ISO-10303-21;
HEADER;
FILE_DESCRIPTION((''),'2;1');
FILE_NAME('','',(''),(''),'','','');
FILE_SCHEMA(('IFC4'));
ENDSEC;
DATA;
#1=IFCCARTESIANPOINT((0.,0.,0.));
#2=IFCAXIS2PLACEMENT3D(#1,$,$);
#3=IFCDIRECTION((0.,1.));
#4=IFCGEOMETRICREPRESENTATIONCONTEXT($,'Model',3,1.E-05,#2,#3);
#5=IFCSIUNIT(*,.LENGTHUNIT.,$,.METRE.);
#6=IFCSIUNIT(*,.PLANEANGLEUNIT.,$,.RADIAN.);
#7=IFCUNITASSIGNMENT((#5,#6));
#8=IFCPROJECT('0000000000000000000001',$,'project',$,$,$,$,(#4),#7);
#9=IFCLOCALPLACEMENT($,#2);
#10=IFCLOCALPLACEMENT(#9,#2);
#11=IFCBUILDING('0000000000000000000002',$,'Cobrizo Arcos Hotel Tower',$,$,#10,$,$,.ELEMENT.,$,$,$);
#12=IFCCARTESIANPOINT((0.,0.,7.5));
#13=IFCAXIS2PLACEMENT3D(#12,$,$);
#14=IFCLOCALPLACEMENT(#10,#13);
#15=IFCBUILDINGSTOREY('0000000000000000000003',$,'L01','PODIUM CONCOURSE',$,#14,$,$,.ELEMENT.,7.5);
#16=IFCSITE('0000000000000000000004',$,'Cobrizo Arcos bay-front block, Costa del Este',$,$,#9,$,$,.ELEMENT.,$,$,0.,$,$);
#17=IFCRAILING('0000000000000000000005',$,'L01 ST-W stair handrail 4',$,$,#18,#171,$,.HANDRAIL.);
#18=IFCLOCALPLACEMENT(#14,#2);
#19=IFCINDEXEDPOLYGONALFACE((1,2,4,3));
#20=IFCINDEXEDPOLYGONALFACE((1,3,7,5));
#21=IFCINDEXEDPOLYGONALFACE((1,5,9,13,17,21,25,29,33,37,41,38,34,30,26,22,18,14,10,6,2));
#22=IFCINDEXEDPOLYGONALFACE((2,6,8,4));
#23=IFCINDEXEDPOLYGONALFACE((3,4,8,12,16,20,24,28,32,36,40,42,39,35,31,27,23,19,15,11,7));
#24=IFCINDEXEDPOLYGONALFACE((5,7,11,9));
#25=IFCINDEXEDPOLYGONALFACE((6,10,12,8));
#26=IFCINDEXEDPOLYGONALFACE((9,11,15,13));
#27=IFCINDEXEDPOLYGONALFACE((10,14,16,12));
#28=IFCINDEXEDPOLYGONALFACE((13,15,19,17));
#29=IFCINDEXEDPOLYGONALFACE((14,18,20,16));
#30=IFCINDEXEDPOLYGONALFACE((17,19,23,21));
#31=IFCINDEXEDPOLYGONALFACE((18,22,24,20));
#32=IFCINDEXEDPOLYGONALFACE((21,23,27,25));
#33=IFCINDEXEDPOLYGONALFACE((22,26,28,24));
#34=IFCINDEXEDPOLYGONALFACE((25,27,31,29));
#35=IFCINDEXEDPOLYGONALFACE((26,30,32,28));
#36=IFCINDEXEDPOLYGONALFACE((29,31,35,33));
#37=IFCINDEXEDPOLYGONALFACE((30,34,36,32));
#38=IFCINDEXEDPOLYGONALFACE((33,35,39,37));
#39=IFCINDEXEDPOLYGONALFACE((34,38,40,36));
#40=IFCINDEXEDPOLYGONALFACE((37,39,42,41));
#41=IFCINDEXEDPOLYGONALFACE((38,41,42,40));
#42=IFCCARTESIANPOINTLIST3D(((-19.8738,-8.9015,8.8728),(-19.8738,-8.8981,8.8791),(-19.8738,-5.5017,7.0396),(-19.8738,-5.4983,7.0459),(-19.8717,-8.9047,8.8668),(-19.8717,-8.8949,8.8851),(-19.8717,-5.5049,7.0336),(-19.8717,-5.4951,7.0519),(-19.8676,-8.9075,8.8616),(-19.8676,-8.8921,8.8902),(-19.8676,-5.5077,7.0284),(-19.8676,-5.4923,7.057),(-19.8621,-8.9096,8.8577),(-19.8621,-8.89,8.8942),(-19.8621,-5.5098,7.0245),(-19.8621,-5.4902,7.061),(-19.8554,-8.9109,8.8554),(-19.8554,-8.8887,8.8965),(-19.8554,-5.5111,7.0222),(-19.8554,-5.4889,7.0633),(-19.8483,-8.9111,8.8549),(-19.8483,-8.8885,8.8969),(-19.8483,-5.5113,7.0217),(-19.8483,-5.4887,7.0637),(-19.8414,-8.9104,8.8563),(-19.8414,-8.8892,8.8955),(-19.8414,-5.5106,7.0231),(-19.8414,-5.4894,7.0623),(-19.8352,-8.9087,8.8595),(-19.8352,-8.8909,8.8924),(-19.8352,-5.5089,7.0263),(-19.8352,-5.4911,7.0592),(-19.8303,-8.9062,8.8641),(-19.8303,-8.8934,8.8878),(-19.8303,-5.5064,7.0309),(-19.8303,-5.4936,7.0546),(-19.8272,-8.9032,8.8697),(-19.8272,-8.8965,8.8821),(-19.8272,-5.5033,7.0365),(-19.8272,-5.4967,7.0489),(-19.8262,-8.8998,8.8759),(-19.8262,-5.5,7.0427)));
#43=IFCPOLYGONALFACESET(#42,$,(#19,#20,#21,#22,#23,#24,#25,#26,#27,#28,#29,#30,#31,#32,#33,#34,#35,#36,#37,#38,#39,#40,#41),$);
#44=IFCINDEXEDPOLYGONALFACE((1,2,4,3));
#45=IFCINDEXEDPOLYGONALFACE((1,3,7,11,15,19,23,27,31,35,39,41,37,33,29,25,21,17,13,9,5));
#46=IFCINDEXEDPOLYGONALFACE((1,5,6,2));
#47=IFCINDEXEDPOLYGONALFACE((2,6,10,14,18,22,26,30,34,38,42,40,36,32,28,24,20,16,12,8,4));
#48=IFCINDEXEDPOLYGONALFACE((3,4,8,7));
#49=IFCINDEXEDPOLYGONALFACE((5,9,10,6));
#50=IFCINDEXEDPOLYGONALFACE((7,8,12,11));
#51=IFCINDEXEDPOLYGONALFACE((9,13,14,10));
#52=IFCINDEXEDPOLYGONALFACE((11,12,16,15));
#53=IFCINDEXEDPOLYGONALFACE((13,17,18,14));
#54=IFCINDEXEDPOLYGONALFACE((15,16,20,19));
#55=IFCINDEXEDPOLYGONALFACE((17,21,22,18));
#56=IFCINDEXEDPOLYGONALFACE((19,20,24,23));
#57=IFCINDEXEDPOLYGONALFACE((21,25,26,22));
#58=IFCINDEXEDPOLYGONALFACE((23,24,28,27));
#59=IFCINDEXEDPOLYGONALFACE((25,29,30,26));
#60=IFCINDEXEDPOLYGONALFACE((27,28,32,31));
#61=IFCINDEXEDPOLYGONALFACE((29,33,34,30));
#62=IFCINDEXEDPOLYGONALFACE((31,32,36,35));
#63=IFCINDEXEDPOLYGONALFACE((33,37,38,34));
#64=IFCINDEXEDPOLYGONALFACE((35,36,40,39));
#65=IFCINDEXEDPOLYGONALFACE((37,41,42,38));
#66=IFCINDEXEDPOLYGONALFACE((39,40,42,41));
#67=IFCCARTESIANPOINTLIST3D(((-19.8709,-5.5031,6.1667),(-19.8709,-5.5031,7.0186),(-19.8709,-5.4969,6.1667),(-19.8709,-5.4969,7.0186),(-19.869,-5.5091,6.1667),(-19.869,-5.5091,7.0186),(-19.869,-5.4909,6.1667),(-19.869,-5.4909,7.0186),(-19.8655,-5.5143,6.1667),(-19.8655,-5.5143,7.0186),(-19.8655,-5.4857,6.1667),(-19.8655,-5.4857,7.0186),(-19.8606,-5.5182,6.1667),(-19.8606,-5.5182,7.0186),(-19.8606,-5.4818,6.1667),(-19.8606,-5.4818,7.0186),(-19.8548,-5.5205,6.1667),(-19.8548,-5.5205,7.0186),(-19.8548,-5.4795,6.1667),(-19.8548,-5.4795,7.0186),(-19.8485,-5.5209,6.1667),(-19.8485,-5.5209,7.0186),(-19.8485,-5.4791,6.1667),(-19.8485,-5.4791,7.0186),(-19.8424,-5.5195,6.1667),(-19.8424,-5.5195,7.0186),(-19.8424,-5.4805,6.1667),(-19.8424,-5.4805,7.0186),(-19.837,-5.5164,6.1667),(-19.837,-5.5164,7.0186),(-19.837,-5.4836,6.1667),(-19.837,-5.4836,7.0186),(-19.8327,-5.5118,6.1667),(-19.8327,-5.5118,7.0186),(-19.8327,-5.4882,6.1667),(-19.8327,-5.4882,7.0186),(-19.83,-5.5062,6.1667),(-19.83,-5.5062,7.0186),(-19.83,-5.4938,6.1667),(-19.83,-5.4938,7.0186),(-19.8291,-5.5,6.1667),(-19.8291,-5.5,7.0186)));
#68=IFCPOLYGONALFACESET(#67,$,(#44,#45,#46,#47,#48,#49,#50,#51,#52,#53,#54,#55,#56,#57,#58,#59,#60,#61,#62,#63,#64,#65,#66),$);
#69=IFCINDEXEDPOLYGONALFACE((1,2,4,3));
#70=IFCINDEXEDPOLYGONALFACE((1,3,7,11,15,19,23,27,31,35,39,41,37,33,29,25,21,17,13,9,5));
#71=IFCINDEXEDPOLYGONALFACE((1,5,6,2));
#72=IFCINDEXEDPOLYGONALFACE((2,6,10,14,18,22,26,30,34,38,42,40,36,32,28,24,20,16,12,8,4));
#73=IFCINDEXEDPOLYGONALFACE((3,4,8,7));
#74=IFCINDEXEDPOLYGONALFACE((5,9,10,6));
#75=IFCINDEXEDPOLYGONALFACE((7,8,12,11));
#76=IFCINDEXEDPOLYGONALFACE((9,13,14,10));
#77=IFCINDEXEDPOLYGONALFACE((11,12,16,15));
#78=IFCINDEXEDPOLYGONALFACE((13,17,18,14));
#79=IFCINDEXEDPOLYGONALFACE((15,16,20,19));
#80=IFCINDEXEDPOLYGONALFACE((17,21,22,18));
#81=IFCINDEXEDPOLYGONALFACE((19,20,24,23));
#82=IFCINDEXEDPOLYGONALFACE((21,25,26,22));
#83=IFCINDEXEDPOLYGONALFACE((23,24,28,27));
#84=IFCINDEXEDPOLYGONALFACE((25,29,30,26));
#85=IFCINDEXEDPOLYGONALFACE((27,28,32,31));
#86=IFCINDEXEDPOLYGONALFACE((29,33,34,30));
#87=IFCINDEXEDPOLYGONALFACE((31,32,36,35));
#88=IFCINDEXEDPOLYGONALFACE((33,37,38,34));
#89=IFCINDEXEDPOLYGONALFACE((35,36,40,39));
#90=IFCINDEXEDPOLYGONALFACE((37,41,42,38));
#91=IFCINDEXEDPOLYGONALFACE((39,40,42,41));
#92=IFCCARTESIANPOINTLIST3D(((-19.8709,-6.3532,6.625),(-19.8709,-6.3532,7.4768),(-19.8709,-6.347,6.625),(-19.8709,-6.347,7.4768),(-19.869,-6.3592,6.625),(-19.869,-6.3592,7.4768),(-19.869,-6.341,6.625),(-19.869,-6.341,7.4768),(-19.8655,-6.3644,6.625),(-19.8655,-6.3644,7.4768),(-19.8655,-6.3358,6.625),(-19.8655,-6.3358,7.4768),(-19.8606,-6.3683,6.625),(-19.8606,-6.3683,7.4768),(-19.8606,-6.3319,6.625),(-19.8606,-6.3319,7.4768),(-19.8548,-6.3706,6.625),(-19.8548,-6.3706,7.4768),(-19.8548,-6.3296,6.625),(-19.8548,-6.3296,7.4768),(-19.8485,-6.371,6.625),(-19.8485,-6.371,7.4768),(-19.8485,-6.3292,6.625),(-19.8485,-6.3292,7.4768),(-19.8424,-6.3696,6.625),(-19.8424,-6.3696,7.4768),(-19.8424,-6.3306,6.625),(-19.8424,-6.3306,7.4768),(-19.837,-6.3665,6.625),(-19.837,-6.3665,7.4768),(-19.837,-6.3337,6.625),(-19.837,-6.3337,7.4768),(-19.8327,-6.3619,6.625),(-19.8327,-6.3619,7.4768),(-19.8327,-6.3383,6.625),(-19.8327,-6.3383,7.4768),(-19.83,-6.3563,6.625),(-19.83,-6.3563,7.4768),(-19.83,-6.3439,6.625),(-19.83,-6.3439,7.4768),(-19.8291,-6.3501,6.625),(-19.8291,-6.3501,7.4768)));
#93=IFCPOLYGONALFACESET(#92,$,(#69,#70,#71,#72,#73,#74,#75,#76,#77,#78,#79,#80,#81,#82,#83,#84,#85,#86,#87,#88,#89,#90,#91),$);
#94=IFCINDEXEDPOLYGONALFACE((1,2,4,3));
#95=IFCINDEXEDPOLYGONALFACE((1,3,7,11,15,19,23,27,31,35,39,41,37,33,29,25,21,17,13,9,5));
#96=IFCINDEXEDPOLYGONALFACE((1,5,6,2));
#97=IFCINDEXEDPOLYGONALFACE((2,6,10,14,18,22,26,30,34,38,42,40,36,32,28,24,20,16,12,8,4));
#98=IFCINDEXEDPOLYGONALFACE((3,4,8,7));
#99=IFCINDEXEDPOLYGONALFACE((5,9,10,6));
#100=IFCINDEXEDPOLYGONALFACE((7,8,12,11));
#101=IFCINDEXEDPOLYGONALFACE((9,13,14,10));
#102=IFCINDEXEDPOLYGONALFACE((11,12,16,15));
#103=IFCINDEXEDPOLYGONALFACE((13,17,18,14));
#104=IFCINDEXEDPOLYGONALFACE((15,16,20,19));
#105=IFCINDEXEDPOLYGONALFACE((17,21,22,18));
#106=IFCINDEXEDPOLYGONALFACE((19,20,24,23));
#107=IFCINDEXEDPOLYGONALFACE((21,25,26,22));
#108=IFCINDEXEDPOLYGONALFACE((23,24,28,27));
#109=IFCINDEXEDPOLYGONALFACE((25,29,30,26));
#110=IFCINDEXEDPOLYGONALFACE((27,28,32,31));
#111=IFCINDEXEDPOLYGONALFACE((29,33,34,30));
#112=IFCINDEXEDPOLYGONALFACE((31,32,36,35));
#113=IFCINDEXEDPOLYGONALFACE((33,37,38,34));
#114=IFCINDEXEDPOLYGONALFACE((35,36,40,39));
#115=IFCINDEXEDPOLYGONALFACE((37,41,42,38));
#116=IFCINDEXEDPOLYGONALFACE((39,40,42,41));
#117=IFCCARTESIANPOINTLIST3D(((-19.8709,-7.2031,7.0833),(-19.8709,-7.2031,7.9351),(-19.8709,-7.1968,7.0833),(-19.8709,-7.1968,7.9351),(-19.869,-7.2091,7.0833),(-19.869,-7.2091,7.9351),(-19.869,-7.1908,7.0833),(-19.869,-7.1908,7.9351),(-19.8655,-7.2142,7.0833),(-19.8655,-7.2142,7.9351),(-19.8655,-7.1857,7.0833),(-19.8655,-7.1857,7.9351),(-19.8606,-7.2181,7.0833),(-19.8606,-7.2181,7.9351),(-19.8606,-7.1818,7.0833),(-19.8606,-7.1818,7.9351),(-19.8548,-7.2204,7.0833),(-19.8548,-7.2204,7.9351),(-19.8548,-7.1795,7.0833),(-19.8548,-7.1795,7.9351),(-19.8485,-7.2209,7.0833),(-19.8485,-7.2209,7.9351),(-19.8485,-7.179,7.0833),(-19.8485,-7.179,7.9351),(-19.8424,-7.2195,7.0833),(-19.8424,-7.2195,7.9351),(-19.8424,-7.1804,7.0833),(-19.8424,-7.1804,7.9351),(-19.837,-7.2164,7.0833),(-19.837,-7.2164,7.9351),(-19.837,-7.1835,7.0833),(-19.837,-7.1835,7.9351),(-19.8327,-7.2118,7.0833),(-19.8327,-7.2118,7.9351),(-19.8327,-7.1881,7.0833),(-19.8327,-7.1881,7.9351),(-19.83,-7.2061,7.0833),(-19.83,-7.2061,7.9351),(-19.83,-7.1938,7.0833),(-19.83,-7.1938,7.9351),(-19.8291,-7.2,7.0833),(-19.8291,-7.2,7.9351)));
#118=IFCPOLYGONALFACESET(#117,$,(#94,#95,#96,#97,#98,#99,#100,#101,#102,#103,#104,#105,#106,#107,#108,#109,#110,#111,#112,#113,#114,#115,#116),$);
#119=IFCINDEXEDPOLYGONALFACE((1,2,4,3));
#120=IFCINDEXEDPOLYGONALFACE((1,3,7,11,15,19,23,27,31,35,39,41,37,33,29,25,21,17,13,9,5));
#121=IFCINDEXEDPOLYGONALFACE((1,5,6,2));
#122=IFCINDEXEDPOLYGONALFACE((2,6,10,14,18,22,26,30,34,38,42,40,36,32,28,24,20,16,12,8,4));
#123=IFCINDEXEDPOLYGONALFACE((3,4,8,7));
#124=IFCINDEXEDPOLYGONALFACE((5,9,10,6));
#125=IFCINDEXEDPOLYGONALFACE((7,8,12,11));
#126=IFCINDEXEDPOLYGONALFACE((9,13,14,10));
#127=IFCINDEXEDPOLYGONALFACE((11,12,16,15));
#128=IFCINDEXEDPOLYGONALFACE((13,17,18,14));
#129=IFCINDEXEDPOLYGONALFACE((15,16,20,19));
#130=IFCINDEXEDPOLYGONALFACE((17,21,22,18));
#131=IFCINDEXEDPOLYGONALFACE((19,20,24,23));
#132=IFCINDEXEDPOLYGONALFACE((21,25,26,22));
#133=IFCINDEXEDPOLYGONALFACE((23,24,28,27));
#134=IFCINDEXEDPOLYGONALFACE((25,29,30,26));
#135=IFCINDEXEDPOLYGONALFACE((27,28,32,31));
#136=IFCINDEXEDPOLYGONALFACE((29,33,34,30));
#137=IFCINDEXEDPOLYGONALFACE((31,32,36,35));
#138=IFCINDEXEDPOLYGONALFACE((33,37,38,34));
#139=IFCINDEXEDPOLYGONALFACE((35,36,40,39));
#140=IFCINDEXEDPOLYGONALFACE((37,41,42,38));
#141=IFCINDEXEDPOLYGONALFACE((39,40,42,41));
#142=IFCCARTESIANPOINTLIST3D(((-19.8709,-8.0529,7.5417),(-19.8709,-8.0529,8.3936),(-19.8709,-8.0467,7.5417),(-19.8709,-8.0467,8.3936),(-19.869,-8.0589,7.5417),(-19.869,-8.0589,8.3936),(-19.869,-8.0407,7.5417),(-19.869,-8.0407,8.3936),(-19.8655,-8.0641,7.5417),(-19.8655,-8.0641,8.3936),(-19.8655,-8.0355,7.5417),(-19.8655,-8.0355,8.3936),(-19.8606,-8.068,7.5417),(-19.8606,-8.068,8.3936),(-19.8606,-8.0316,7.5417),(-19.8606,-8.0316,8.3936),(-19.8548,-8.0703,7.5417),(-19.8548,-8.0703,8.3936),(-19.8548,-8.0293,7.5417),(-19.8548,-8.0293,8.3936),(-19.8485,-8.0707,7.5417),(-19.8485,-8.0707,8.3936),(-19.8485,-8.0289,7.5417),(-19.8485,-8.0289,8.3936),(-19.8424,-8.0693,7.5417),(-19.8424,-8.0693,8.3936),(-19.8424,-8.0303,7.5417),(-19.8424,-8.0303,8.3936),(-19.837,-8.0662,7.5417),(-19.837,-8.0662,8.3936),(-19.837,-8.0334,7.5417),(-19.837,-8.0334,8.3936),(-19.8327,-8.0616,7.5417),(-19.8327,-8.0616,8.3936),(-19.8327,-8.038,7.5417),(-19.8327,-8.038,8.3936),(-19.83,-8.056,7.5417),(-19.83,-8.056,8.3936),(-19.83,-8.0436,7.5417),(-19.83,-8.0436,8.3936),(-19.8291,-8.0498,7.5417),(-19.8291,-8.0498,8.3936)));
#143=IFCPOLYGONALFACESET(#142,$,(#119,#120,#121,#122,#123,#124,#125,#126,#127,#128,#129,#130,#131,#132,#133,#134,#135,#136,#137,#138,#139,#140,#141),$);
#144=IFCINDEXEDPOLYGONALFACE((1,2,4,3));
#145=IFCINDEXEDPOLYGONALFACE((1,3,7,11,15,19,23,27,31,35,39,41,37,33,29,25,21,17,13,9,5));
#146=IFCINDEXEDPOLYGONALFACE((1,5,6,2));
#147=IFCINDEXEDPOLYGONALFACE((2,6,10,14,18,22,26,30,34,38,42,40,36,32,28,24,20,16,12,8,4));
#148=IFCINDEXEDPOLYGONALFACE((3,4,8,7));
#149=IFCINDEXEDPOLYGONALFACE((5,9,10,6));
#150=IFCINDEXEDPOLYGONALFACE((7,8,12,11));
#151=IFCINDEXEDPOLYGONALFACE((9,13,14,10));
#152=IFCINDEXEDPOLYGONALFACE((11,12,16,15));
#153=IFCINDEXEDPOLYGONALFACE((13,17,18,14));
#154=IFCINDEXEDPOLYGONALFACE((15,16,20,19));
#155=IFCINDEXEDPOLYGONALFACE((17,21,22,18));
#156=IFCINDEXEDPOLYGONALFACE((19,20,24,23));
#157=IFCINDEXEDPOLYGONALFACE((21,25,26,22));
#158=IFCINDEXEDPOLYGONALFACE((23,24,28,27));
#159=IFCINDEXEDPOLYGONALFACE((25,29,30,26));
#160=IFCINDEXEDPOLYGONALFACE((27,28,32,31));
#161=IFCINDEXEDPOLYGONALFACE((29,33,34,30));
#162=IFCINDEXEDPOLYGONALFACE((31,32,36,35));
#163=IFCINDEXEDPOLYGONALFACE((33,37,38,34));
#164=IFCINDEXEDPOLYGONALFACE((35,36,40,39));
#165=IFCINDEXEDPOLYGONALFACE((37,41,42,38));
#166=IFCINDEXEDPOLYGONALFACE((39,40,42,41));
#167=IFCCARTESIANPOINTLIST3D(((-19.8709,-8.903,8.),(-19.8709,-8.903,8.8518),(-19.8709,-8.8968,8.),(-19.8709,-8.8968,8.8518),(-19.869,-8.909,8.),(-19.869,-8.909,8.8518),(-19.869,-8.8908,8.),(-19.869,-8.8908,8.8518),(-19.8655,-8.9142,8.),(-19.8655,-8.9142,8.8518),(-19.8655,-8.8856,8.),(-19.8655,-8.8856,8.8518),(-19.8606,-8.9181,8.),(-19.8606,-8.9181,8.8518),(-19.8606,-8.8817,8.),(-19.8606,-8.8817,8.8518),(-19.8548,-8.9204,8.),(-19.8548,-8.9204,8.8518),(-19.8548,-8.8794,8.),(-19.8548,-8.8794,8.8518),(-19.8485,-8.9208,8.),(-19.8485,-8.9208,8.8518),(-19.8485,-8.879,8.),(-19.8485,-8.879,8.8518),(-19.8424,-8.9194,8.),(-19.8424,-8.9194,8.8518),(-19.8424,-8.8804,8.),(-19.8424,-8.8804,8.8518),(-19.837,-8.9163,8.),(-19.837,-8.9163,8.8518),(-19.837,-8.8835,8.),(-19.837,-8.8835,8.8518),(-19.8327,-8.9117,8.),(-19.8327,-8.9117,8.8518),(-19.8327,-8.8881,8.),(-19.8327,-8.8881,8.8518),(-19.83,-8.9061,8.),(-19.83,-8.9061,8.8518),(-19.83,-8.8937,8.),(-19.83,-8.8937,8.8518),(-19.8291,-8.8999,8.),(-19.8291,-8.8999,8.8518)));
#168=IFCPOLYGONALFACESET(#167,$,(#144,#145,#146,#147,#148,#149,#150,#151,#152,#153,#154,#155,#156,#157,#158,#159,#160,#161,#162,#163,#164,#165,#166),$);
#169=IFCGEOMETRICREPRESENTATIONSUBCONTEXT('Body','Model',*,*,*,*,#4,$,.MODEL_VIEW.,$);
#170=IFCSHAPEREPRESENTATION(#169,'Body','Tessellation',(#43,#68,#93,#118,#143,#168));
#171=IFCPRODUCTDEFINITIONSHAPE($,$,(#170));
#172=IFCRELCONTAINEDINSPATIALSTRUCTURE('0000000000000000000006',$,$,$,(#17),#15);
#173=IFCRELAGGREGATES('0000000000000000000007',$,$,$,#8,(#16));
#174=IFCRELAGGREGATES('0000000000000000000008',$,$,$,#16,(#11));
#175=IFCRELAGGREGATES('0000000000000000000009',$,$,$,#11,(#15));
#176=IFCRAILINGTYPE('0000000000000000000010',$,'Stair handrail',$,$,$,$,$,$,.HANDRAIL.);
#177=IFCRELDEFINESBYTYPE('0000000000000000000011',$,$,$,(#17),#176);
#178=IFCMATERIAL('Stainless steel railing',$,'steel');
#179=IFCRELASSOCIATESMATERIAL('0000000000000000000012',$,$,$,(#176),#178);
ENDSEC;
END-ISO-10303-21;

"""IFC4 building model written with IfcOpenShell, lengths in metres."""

from ifc_helpers import new_model, si_unit, direction, frame, origin, origin_2d, place, context, subcontext, project, spatial, circle, extrude, material, type_object, element, save


model = new_model("IFC4")

# Units and contexts
model_context = context("Model", 3, precision=1e-05, world=origin(), true_north=direction((0.0, 1.0)))
body_context = subcontext(model_context, "Body", "Model", "MODEL_VIEW")
ifc_project = project(units=[si_unit("LENGTHUNIT", "METRE"), si_unit("PLANEANGLEUNIT", "RADIAN")], contexts=[model_context])

# Site, building, storey
site_placement = place(None, origin())
site = spatial("IfcSite", under=ifc_project, at=site_placement, Name="Cobrizo Arcos bay-front block, Costa del Este", CompositionType="ELEMENT", RefElevation=0.0)
building_placement = place(site_placement, origin())
building = spatial("IfcBuilding", under=site, at=building_placement, Name="Cobrizo Arcos Hotel Tower", CompositionType="ELEMENT")
storey_placement = place(building_placement, frame((0.0, 0.0, 7.5)))
storey = spatial("IfcBuildingStorey", under=building, at=storey_placement, Name="L01", Description="PODIUM CONCOURSE", CompositionType="ELEMENT", Elevation=7.5)

# Railing
ifc_material_1 = material(Name="Stainless steel railing", Category="steel")
railing_type_1 = type_object("IfcRailingType", Name="Stair handrail", PredefinedType="HANDRAIL", material=ifc_material_1)
railing_1_placement = place(storey_placement, frame((-19.8501, -5.5, 6.1667)))
element("IfcRailing", 1, at=railing_1_placement, inside=storey, type_object=railing_type_1, Name="L01 ST-W stair handrail 4", PredefinedType="HANDRAIL", context=body_context, shape_type="SweptSolid", body=[
    extrude(circle(Radius=0.0239, at=origin_2d()), frame((0.0, 0.0, 0.876), z_axis=(0.0, -0.880197, 0.474609), x_axis=(1.0, 0.0, 0.0)), (0.0, 0.0, 1.0), 3.8625),
    extrude(circle(Radius=0.021, at=origin_2d()), origin(), (0.0, 0.0, 1.0), 0.8518),
    extrude(circle(Radius=0.021, at=origin_2d()), frame((0.0, -0.8501, 0.4583)), (0.0, 0.0, 1.0), 0.8518),
    extrude(circle(Radius=0.021, at=origin_2d()), frame((0.0, -1.7, 0.9165)), (0.0, 0.0, 1.0), 0.8518),
    extrude(circle(Radius=0.021, at=origin_2d()), frame((0.0, -2.5498, 1.375)), (0.0, 0.0, 1.0), 0.8518),
    extrude(circle(Radius=0.021, at=origin_2d()), frame((0.0, -3.3999, 1.8333)), (0.0, 0.0, 1.0), 0.8518),
])

save(model, "model.ifc")
